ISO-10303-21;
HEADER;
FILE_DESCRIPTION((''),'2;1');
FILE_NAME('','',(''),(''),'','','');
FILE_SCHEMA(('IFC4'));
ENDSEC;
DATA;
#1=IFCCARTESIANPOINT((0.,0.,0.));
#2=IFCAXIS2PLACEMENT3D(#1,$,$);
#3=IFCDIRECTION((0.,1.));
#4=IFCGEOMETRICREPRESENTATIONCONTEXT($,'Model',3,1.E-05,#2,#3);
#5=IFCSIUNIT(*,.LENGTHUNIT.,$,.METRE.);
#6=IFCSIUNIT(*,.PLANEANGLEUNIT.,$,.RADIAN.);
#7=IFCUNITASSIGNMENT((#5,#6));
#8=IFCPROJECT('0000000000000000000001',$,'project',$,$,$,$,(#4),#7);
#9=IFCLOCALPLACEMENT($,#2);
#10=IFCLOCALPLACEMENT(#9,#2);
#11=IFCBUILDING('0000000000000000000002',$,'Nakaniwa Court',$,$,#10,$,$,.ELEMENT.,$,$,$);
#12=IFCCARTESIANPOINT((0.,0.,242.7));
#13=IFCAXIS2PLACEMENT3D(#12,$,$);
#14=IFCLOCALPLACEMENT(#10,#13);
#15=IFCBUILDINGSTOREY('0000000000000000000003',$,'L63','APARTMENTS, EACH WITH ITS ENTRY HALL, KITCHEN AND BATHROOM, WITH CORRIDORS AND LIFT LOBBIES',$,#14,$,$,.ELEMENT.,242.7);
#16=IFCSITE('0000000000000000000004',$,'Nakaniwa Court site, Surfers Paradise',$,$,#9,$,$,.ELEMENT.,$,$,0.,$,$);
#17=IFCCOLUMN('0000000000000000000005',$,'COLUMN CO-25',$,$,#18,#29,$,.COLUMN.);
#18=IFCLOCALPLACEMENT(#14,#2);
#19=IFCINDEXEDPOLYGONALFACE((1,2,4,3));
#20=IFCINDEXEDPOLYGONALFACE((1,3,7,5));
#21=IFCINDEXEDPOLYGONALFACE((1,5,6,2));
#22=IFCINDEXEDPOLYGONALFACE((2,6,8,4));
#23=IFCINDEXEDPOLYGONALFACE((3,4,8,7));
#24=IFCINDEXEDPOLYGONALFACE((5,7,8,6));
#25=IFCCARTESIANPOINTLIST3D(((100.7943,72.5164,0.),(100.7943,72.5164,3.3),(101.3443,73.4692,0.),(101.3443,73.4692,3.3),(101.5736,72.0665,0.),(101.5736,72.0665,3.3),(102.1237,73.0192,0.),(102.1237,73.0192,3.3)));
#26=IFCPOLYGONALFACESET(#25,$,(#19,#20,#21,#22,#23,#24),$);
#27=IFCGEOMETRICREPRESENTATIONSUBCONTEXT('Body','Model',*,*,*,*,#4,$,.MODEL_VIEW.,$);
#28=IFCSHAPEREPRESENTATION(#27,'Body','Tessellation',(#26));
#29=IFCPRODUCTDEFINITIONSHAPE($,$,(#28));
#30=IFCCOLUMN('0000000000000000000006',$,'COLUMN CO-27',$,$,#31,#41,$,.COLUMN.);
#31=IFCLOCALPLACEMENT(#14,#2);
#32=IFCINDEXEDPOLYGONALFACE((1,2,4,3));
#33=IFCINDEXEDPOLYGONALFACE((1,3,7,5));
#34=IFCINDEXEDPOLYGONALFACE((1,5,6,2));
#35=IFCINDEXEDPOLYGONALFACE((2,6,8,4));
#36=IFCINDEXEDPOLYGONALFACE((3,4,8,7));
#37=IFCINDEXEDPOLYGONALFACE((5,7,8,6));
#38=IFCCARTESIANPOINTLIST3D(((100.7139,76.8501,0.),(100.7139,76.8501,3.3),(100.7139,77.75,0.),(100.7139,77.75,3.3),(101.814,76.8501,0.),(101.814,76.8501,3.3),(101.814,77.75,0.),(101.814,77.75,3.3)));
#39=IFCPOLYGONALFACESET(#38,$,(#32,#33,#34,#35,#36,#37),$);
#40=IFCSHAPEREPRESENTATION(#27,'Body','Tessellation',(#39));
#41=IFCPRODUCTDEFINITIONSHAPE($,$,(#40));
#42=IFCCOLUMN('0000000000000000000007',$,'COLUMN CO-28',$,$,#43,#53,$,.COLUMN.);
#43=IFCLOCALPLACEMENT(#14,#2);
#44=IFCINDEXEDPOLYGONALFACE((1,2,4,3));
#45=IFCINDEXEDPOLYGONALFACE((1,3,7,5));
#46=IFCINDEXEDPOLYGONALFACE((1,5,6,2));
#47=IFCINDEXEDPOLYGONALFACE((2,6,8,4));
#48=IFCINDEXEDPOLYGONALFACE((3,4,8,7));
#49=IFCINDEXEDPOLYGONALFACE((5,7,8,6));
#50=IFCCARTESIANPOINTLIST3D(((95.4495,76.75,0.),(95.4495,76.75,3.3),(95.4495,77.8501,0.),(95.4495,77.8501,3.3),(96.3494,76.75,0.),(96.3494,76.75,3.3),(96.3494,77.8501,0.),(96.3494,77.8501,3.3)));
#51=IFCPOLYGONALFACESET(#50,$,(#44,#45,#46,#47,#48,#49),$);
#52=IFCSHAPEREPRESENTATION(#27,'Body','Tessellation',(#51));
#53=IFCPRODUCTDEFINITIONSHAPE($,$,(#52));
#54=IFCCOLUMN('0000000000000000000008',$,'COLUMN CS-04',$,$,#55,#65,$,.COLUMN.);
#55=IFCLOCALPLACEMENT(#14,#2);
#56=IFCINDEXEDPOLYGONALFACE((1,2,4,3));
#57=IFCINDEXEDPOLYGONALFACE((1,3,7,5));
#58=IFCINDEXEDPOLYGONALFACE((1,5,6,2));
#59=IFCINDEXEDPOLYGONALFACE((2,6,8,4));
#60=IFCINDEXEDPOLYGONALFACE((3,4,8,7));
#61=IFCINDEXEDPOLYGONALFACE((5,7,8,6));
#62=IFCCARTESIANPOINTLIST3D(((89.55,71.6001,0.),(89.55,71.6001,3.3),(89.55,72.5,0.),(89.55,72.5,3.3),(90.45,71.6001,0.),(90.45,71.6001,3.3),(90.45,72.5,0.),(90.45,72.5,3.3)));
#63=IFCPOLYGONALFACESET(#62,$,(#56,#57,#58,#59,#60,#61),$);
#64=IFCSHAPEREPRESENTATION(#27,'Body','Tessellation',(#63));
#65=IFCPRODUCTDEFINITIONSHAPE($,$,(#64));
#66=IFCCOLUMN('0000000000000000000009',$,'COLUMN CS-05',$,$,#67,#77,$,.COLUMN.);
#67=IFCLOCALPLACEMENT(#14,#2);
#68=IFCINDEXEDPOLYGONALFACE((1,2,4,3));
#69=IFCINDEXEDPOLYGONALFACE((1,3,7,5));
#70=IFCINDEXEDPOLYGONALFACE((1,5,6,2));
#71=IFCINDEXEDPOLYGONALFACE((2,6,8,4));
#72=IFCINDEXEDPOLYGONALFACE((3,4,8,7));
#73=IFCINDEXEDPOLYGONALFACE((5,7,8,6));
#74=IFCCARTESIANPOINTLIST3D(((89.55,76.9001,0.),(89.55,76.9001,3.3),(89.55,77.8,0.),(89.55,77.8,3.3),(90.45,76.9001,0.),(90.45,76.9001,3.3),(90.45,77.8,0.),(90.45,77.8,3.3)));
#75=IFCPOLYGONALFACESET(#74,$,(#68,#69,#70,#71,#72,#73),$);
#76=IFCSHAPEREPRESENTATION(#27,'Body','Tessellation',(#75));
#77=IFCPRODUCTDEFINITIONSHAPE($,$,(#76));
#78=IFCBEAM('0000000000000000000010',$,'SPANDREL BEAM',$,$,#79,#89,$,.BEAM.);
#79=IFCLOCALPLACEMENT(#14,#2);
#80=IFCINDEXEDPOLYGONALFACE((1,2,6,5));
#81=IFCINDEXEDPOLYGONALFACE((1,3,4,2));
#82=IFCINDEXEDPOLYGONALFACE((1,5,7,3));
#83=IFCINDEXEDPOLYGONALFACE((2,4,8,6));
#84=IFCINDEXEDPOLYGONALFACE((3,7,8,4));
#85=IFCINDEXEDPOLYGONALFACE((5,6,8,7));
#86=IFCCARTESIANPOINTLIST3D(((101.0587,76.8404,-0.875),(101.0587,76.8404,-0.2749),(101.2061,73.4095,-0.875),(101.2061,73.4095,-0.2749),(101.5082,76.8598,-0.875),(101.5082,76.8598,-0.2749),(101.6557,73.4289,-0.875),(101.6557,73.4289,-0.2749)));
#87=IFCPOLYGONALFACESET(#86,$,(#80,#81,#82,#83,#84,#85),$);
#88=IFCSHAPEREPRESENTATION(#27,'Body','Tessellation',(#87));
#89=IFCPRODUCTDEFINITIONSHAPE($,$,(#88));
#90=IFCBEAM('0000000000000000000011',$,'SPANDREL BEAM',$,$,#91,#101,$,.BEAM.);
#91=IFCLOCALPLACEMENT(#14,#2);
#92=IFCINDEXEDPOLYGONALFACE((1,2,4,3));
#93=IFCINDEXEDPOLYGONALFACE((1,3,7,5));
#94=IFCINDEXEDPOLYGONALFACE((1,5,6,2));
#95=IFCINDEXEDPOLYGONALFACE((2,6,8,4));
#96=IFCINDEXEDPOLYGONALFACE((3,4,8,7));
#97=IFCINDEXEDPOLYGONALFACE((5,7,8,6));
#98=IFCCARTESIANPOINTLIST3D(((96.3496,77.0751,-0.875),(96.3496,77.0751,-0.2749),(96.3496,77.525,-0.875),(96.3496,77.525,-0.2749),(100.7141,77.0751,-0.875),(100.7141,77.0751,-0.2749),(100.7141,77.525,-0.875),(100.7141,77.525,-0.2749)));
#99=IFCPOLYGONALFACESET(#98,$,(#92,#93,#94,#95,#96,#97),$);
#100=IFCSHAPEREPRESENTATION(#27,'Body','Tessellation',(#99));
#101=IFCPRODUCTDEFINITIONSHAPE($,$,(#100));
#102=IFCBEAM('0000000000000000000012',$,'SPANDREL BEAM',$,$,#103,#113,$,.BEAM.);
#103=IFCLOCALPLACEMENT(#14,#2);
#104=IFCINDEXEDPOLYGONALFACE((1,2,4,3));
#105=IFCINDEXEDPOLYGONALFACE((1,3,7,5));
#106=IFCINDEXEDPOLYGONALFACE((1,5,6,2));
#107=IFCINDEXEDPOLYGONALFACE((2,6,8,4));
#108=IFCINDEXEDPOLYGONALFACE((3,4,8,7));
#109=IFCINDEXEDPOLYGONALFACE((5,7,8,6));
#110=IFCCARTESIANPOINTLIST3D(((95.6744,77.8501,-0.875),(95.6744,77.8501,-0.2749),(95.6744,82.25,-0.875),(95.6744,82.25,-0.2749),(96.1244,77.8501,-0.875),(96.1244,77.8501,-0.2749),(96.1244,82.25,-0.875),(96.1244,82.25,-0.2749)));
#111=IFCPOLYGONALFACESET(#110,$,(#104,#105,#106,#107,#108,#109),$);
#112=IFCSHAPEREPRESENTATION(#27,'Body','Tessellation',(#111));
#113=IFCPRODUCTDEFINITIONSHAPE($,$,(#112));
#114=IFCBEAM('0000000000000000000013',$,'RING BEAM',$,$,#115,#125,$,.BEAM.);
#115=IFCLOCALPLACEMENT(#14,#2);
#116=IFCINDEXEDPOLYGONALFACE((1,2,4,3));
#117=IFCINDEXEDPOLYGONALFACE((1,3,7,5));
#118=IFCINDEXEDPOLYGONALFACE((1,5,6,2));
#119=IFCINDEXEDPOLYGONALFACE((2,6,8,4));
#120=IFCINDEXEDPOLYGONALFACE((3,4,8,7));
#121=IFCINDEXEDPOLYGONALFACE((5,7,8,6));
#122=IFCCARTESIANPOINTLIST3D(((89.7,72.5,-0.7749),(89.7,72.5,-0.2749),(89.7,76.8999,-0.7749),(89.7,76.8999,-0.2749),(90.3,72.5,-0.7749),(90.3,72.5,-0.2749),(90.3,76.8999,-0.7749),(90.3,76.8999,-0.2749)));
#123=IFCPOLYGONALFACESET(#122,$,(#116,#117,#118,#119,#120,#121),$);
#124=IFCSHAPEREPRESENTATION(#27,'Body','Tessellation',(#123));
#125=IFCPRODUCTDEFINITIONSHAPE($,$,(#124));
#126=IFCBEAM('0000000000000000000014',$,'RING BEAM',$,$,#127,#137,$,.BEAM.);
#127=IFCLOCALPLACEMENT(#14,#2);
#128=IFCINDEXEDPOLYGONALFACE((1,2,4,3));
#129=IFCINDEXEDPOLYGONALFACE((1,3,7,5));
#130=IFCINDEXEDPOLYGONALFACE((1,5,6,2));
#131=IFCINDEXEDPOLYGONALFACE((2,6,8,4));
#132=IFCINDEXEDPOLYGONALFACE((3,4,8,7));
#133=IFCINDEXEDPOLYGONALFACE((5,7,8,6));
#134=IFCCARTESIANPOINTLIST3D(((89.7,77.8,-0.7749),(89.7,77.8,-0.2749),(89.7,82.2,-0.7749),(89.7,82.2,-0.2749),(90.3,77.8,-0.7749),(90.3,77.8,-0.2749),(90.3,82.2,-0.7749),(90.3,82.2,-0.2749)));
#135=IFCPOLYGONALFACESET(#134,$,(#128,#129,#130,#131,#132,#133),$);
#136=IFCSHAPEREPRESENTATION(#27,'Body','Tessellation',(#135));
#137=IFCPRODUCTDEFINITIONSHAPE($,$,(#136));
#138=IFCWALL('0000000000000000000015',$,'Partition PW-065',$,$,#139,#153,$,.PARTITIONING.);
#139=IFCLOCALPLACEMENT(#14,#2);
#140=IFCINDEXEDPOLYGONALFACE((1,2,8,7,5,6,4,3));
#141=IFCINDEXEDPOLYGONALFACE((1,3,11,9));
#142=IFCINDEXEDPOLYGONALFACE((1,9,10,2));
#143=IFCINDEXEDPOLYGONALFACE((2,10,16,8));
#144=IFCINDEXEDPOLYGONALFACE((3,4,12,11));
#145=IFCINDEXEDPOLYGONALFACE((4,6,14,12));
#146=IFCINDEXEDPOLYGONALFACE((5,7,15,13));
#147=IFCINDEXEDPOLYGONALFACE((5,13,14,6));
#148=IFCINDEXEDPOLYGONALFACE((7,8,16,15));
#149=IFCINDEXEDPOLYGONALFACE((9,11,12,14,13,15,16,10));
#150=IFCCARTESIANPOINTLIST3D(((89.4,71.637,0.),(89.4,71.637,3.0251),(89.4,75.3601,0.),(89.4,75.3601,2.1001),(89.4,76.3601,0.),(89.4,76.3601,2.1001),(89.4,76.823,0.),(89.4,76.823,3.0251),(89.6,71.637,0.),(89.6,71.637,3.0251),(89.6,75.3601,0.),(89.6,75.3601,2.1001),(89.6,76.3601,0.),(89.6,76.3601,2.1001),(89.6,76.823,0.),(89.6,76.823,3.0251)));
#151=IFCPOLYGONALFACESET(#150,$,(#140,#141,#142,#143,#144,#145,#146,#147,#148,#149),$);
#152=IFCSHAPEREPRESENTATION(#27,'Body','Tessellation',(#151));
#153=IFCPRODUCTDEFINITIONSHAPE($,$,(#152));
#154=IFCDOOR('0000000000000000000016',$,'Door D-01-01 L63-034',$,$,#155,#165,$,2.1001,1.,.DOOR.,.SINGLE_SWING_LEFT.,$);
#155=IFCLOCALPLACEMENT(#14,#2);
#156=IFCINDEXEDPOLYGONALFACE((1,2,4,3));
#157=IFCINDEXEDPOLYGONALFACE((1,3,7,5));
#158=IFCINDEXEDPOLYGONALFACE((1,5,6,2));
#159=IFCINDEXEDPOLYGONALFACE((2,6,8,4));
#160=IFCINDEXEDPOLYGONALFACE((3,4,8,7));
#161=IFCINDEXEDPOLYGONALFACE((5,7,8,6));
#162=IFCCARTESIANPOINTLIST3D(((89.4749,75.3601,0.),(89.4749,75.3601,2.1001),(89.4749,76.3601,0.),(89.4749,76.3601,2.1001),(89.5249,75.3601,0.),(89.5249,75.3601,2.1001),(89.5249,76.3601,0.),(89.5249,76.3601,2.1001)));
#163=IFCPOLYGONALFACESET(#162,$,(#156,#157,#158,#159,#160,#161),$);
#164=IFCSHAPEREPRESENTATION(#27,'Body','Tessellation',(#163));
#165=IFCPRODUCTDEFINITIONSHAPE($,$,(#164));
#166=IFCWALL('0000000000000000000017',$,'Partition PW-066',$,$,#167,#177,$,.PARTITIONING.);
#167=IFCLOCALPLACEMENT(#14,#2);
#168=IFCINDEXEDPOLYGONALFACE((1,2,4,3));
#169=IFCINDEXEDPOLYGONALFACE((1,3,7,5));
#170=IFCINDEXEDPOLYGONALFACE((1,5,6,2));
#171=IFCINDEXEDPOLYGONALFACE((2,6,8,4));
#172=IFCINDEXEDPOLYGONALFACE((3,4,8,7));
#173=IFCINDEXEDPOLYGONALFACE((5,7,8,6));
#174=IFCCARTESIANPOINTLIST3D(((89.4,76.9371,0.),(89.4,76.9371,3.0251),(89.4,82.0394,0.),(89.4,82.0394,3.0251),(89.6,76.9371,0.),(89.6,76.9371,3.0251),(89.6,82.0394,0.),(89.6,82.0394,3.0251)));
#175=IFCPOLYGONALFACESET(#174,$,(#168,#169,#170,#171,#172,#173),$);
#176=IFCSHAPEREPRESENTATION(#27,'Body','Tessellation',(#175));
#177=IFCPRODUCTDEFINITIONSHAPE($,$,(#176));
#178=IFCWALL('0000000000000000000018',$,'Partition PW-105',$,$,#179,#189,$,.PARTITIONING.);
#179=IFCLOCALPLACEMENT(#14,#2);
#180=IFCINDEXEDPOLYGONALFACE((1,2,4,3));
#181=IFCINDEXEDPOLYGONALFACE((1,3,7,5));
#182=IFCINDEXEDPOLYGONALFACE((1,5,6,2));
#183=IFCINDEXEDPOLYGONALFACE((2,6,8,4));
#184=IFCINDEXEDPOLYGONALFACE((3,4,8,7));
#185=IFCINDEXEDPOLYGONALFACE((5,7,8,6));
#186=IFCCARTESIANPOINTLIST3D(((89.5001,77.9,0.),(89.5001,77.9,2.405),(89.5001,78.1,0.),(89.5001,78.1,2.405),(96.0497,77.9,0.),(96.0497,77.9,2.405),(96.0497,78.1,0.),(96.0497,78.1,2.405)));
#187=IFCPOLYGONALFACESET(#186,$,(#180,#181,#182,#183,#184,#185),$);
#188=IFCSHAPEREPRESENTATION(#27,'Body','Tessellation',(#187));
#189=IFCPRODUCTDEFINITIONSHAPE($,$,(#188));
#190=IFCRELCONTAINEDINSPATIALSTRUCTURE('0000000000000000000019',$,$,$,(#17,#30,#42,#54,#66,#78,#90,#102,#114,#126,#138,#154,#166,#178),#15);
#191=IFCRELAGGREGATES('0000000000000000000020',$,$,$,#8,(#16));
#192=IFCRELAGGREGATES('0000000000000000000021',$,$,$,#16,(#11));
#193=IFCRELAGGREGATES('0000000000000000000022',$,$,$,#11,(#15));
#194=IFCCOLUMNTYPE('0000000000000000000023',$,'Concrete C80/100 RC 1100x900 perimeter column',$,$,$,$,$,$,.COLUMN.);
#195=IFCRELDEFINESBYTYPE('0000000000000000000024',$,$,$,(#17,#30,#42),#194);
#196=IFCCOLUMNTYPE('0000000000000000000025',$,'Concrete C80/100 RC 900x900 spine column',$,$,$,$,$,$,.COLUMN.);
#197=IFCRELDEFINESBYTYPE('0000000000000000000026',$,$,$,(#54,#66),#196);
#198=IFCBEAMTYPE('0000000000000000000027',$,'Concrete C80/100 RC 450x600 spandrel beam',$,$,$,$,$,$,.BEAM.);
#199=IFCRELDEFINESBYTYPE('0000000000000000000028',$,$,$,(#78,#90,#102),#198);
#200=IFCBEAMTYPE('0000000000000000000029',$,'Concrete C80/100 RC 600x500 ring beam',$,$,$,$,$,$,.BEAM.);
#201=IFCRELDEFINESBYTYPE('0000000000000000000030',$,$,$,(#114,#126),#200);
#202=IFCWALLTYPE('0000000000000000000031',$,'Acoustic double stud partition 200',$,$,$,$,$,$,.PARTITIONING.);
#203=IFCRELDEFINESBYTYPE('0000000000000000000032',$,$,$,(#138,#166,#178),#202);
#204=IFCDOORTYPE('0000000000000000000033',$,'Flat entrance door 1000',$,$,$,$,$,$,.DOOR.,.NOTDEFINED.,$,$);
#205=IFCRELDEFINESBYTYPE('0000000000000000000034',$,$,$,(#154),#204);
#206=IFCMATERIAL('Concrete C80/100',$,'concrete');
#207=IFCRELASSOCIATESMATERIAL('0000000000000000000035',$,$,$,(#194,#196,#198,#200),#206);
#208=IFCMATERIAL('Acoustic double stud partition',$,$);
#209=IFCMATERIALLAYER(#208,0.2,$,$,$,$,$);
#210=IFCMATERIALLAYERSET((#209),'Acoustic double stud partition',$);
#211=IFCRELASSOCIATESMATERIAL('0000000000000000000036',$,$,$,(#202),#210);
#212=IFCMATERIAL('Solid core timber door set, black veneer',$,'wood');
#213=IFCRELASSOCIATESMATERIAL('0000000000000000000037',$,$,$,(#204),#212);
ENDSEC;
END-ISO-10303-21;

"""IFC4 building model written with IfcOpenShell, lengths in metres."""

from ifc_helpers import new_model, si_unit, direction, frame, frame_2d, origin, origin_2d, place, context, subcontext, project, spatial, rectangle, extrude, material, layer, layer_set, material_profile, profile_set, type_object, element, fill, save


model = new_model("IFC4")

# Units and contexts
model_context = context("Model", 3, precision=1e-05, world=origin(), true_north=direction((0.0, 1.0)))
body_context = subcontext(model_context, "Body", "Model", "MODEL_VIEW")
ifc_project = project(units=[si_unit("LENGTHUNIT", "METRE"), si_unit("PLANEANGLEUNIT", "RADIAN")], contexts=[model_context])

# Site, building, storey
site_placement = place(None, origin())
site = spatial("IfcSite", under=ifc_project, at=site_placement, Name="Nakaniwa Court site, Surfers Paradise", CompositionType="ELEMENT", RefElevation=0.0)
building_placement = place(site_placement, origin())
building = spatial("IfcBuilding", under=site, at=building_placement, Name="Nakaniwa Court", CompositionType="ELEMENT")
storey_placement = place(building_placement, frame((0.0, 0.0, 242.7)))
storey = spatial("IfcBuildingStorey", under=building, at=storey_placement, Name="L63", Description="APARTMENTS, EACH WITH ITS ENTRY HALL, KITCHEN AND BATHROOM, WITH CORRIDORS AND LIFT LOBBIES", CompositionType="ELEMENT", Elevation=242.7)

# Columns
ifc_material_1 = material(Name="Concrete C80/100", Category="concrete")
ifc_material_profile_1 = material_profile(ifc_material_1, rectangle(XDim=1.1001, YDim=0.8999, at=origin_2d()), Name="Concrete C80/100 RC 1100x900 perimeter column")
ifc_profile_set_1 = profile_set([ifc_material_profile_1], Name="Concrete C80/100")
column_type_1 = type_object("IfcColumnType", Name="Concrete C80/100 RC 1100x900 perimeter column", PredefinedType="COLUMN", material=ifc_profile_set_1)
for number, where, z_axis, x_axis, name in (
    (1, (101.459, 72.7678, 0.0), (0.0, 0.0, 1.0), (0.5, 0.866025, 0.0), "COLUMN CO-25"),
    (2, (101.2639, 77.3, 0.0), (0.0, 0.0, 1.0), (-1.0, 0.0, 0.0), "COLUMN CO-27"),
    (3, (95.8994, 77.3, 0.0), (0.0, 0.0, 1.0), (0.0, 1.0, 0.0), "COLUMN CO-28"),
):
    element("IfcColumn", number, at=place(storey_placement, frame(where, z_axis=z_axis, x_axis=x_axis)), inside=storey, type_object=column_type_1, Name=name, PredefinedType="COLUMN", context=body_context, shape_type="SweptSolid", body=[
        extrude(rectangle(XDim=1.1001, YDim=0.8999, at=origin_2d()), origin(), (0.0, 0.0, 1.0), 3.3),
    ])
ifc_material_profile_2 = material_profile(ifc_material_1, rectangle(XDim=0.8999, YDim=0.8999, at=origin_2d()), Name="Concrete C80/100 RC 900x900 spine column")
ifc_profile_set_2 = profile_set([ifc_material_profile_2], Name="Concrete C80/100")
column_type_2 = type_object("IfcColumnType", Name="Concrete C80/100 RC 900x900 spine column", PredefinedType="COLUMN", material=ifc_profile_set_2)
for number, where, z_axis, x_axis, name in (
    (4, (90.0, 72.05, 0.0), (0.0, 0.0, 1.0), (0.0, 1.0, 0.0), "COLUMN CS-04"),
    (5, (90.0, 77.3501, 0.0), (0.0, 0.0, 1.0), (0.0, 1.0, 0.0), "COLUMN CS-05"),
):
    element("IfcColumn", number, at=place(storey_placement, frame(where, z_axis=z_axis, x_axis=x_axis)), inside=storey, type_object=column_type_2, Name=name, PredefinedType="COLUMN", context=body_context, shape_type="SweptSolid", body=[
        extrude(rectangle(XDim=0.8999, YDim=0.8999, at=origin_2d()), origin(), (0.0, 0.0, 1.0), 3.3),
    ])

# Beams
ifc_material_profile_3 = material_profile(ifc_material_1, rectangle(XDim=0.45, YDim=0.6001, at=origin_2d()), Name="Concrete C80/100 RC 450x600 spandrel beam")
ifc_profile_set_3 = profile_set([ifc_material_profile_3], Name="Concrete C80/100")
beam_type_1 = type_object("IfcBeamType", Name="Concrete C80/100 RC 450x600 spandrel beam", PredefinedType="BEAM", material=ifc_profile_set_3)
beam_1_placement = place(storey_placement, frame((101.4309, 73.4192, -0.575), z_axis=(-0.042941, 0.999078, 0.0), x_axis=(-0.999078, -0.042941, 0.0)))
element("IfcBeam", 6, at=beam_1_placement, inside=storey, type_object=beam_type_1, Name="SPANDREL BEAM", PredefinedType="BEAM", context=body_context, shape_type="SweptSolid", body=[
    extrude(rectangle(XDim=0.45, YDim=0.6001, at=origin_2d()), origin(), (0.0, 0.0, 1.0), 3.4341),
])
beam_2_placement = place(storey_placement, frame((100.7141, 77.3, -0.575), z_axis=(-1.0, 0.0, 0.0), x_axis=(0.0, -1.0, 0.0)))
element("IfcBeam", 7, at=beam_2_placement, inside=storey, type_object=beam_type_1, Name="SPANDREL BEAM", PredefinedType="BEAM", context=body_context, shape_type="SweptSolid", body=[
    extrude(rectangle(XDim=0.45, YDim=0.6001, at=origin_2d()), origin(), (0.0, 0.0, 1.0), 4.3645),
])
beam_3_placement = place(storey_placement, frame((95.8994, 77.8501, -0.575), z_axis=(0.0, 1.0, 0.0), x_axis=(-1.0, 0.0, 0.0)))
element("IfcBeam", 8, at=beam_3_placement, inside=storey, type_object=beam_type_1, Name="SPANDREL BEAM", PredefinedType="BEAM", context=body_context, shape_type="SweptSolid", body=[
    extrude(rectangle(XDim=0.45, YDim=0.6001, at=origin_2d()), origin(), (0.0, 0.0, 1.0), 4.3999),
])
ifc_material_profile_4 = material_profile(ifc_material_1, rectangle(XDim=0.6001, YDim=0.5, at=origin_2d()), Name="Concrete C80/100 RC 600x500 ring beam")
ifc_profile_set_4 = profile_set([ifc_material_profile_4], Name="Concrete C80/100")
beam_type_2 = type_object("IfcBeamType", Name="Concrete C80/100 RC 600x500 ring beam", PredefinedType="BEAM", material=ifc_profile_set_4)
for number, where, z_axis, x_axis, name in (
    (9, (90.0, 72.5, -0.5249), (0.0, 1.0, 0.0), (-1.0, 0.0, 0.0), "RING BEAM"),
    (10, (90.0, 77.8, -0.5249), (0.0, 1.0, 0.0), (-1.0, 0.0, 0.0), "RING BEAM"),
):
    element("IfcBeam", number, at=place(storey_placement, frame(where, z_axis=z_axis, x_axis=x_axis)), inside=storey, type_object=beam_type_2, Name=name, PredefinedType="BEAM", context=body_context, shape_type="SweptSolid", body=[
        extrude(rectangle(XDim=0.6001, YDim=0.5, at=origin_2d()), origin(), (0.0, 0.0, 1.0), 4.3999),
    ])

# Wall, opening, door
ifc_material_2 = material(Name="Acoustic double stud partition")
ifc_layer_1 = layer(ifc_material_2, 0.2)
ifc_layer_set_1 = layer_set([ifc_layer_1], Name="Acoustic double stud partition")
wall_type_1 = type_object("IfcWallType", Name="Acoustic double stud partition 200", PredefinedType="PARTITIONING", material=ifc_layer_set_1)
wall_1_placement = place(storey_placement, frame((89.5, 76.823, 0.0), z_axis=(0.0, 0.0, 1.0), x_axis=(0.0, -1.0, 0.0)))
wall_1 = element("IfcWall", 11, at=wall_1_placement, inside=storey, type_object=wall_type_1, Name="Partition PW-065", PredefinedType="PARTITIONING", context=body_context, shape_type="SweptSolid", body=[
    extrude(rectangle(XDim=5.186, YDim=0.2, at=frame_2d((2.593, 0.0))), origin(), (0.0, 0.0, 1.0), 3.0251),
])
opening_1_placement = place(wall_1_placement, frame((0.4629, 0.0, 0.0)))
opening_1 = element("IfcOpeningElement", 12, at=opening_1_placement, cuts=wall_1, PredefinedType="OPENING", context=body_context, shape_type="SweptSolid", body=[
    extrude(rectangle(XDim=1.0, YDim=2.1001, at=frame_2d((0.5, 1.05))), frame((0.0, 0.1099, 0.0), z_axis=(0.0, -1.0, 0.0), x_axis=(1.0, 0.0, 0.0)), (0.0, 0.0, 1.0), 0.22),
])
ifc_material_3 = material(Name="Solid core timber door set, black veneer", Category="wood")
door_type_1 = type_object("IfcDoorType", Name="Flat entrance door 1000", OperationType="NOTDEFINED", PredefinedType="DOOR", material=ifc_material_3)
door_1_placement = place(opening_1_placement, origin())
door_1 = element("IfcDoor", 13, at=door_1_placement, inside=storey, type_object=door_type_1, Name="Door D-01-01 L63-034", OperationType="SINGLE_SWING_LEFT", OverallHeight=2.1001, OverallWidth=1.0, PredefinedType="DOOR", context=body_context, shape_type="SweptSolid", body=[
    extrude(rectangle(XDim=1.0, YDim=2.1001, at=frame_2d((0.5, 1.05))), frame((0.0, 0.0249, 0.0), z_axis=(0.0, -1.0, 0.0), x_axis=(1.0, 0.0, 0.0)), (0.0, 0.0, 1.0), 0.05),
])
fill(opening_1, door_1)

# Walls
wall_2_placement = place(storey_placement, frame((89.5, 76.937, 0.0), z_axis=(0.0, 0.0, 1.0), x_axis=(0.0, 1.0, 0.0)))
element("IfcWall", 14, at=wall_2_placement, inside=storey, type_object=wall_type_1, Name="Partition PW-066", PredefinedType="PARTITIONING", context=body_context, shape_type="SweptSolid", body=[
    extrude(rectangle(XDim=5.1023, YDim=0.2, at=frame_2d((2.5513, 0.0))), origin(), (0.0, 0.0, 1.0), 3.0251),
])
wall_3_placement = place(storey_placement, frame((89.5, 78.0, 0.0), z_axis=(0.0, 0.0, 1.0), x_axis=(1.0, 0.0, 0.0)))
element("IfcWall", 15, at=wall_3_placement, inside=storey, type_object=wall_type_1, Name="Partition PW-105", PredefinedType="PARTITIONING", context=body_context, shape_type="SweptSolid", body=[
    extrude(rectangle(XDim=6.5496, YDim=0.2, at=frame_2d((3.2749, 0.0))), origin(), (0.0, 0.0, 1.0), 2.405),
])

save(model, "model.ifc")
